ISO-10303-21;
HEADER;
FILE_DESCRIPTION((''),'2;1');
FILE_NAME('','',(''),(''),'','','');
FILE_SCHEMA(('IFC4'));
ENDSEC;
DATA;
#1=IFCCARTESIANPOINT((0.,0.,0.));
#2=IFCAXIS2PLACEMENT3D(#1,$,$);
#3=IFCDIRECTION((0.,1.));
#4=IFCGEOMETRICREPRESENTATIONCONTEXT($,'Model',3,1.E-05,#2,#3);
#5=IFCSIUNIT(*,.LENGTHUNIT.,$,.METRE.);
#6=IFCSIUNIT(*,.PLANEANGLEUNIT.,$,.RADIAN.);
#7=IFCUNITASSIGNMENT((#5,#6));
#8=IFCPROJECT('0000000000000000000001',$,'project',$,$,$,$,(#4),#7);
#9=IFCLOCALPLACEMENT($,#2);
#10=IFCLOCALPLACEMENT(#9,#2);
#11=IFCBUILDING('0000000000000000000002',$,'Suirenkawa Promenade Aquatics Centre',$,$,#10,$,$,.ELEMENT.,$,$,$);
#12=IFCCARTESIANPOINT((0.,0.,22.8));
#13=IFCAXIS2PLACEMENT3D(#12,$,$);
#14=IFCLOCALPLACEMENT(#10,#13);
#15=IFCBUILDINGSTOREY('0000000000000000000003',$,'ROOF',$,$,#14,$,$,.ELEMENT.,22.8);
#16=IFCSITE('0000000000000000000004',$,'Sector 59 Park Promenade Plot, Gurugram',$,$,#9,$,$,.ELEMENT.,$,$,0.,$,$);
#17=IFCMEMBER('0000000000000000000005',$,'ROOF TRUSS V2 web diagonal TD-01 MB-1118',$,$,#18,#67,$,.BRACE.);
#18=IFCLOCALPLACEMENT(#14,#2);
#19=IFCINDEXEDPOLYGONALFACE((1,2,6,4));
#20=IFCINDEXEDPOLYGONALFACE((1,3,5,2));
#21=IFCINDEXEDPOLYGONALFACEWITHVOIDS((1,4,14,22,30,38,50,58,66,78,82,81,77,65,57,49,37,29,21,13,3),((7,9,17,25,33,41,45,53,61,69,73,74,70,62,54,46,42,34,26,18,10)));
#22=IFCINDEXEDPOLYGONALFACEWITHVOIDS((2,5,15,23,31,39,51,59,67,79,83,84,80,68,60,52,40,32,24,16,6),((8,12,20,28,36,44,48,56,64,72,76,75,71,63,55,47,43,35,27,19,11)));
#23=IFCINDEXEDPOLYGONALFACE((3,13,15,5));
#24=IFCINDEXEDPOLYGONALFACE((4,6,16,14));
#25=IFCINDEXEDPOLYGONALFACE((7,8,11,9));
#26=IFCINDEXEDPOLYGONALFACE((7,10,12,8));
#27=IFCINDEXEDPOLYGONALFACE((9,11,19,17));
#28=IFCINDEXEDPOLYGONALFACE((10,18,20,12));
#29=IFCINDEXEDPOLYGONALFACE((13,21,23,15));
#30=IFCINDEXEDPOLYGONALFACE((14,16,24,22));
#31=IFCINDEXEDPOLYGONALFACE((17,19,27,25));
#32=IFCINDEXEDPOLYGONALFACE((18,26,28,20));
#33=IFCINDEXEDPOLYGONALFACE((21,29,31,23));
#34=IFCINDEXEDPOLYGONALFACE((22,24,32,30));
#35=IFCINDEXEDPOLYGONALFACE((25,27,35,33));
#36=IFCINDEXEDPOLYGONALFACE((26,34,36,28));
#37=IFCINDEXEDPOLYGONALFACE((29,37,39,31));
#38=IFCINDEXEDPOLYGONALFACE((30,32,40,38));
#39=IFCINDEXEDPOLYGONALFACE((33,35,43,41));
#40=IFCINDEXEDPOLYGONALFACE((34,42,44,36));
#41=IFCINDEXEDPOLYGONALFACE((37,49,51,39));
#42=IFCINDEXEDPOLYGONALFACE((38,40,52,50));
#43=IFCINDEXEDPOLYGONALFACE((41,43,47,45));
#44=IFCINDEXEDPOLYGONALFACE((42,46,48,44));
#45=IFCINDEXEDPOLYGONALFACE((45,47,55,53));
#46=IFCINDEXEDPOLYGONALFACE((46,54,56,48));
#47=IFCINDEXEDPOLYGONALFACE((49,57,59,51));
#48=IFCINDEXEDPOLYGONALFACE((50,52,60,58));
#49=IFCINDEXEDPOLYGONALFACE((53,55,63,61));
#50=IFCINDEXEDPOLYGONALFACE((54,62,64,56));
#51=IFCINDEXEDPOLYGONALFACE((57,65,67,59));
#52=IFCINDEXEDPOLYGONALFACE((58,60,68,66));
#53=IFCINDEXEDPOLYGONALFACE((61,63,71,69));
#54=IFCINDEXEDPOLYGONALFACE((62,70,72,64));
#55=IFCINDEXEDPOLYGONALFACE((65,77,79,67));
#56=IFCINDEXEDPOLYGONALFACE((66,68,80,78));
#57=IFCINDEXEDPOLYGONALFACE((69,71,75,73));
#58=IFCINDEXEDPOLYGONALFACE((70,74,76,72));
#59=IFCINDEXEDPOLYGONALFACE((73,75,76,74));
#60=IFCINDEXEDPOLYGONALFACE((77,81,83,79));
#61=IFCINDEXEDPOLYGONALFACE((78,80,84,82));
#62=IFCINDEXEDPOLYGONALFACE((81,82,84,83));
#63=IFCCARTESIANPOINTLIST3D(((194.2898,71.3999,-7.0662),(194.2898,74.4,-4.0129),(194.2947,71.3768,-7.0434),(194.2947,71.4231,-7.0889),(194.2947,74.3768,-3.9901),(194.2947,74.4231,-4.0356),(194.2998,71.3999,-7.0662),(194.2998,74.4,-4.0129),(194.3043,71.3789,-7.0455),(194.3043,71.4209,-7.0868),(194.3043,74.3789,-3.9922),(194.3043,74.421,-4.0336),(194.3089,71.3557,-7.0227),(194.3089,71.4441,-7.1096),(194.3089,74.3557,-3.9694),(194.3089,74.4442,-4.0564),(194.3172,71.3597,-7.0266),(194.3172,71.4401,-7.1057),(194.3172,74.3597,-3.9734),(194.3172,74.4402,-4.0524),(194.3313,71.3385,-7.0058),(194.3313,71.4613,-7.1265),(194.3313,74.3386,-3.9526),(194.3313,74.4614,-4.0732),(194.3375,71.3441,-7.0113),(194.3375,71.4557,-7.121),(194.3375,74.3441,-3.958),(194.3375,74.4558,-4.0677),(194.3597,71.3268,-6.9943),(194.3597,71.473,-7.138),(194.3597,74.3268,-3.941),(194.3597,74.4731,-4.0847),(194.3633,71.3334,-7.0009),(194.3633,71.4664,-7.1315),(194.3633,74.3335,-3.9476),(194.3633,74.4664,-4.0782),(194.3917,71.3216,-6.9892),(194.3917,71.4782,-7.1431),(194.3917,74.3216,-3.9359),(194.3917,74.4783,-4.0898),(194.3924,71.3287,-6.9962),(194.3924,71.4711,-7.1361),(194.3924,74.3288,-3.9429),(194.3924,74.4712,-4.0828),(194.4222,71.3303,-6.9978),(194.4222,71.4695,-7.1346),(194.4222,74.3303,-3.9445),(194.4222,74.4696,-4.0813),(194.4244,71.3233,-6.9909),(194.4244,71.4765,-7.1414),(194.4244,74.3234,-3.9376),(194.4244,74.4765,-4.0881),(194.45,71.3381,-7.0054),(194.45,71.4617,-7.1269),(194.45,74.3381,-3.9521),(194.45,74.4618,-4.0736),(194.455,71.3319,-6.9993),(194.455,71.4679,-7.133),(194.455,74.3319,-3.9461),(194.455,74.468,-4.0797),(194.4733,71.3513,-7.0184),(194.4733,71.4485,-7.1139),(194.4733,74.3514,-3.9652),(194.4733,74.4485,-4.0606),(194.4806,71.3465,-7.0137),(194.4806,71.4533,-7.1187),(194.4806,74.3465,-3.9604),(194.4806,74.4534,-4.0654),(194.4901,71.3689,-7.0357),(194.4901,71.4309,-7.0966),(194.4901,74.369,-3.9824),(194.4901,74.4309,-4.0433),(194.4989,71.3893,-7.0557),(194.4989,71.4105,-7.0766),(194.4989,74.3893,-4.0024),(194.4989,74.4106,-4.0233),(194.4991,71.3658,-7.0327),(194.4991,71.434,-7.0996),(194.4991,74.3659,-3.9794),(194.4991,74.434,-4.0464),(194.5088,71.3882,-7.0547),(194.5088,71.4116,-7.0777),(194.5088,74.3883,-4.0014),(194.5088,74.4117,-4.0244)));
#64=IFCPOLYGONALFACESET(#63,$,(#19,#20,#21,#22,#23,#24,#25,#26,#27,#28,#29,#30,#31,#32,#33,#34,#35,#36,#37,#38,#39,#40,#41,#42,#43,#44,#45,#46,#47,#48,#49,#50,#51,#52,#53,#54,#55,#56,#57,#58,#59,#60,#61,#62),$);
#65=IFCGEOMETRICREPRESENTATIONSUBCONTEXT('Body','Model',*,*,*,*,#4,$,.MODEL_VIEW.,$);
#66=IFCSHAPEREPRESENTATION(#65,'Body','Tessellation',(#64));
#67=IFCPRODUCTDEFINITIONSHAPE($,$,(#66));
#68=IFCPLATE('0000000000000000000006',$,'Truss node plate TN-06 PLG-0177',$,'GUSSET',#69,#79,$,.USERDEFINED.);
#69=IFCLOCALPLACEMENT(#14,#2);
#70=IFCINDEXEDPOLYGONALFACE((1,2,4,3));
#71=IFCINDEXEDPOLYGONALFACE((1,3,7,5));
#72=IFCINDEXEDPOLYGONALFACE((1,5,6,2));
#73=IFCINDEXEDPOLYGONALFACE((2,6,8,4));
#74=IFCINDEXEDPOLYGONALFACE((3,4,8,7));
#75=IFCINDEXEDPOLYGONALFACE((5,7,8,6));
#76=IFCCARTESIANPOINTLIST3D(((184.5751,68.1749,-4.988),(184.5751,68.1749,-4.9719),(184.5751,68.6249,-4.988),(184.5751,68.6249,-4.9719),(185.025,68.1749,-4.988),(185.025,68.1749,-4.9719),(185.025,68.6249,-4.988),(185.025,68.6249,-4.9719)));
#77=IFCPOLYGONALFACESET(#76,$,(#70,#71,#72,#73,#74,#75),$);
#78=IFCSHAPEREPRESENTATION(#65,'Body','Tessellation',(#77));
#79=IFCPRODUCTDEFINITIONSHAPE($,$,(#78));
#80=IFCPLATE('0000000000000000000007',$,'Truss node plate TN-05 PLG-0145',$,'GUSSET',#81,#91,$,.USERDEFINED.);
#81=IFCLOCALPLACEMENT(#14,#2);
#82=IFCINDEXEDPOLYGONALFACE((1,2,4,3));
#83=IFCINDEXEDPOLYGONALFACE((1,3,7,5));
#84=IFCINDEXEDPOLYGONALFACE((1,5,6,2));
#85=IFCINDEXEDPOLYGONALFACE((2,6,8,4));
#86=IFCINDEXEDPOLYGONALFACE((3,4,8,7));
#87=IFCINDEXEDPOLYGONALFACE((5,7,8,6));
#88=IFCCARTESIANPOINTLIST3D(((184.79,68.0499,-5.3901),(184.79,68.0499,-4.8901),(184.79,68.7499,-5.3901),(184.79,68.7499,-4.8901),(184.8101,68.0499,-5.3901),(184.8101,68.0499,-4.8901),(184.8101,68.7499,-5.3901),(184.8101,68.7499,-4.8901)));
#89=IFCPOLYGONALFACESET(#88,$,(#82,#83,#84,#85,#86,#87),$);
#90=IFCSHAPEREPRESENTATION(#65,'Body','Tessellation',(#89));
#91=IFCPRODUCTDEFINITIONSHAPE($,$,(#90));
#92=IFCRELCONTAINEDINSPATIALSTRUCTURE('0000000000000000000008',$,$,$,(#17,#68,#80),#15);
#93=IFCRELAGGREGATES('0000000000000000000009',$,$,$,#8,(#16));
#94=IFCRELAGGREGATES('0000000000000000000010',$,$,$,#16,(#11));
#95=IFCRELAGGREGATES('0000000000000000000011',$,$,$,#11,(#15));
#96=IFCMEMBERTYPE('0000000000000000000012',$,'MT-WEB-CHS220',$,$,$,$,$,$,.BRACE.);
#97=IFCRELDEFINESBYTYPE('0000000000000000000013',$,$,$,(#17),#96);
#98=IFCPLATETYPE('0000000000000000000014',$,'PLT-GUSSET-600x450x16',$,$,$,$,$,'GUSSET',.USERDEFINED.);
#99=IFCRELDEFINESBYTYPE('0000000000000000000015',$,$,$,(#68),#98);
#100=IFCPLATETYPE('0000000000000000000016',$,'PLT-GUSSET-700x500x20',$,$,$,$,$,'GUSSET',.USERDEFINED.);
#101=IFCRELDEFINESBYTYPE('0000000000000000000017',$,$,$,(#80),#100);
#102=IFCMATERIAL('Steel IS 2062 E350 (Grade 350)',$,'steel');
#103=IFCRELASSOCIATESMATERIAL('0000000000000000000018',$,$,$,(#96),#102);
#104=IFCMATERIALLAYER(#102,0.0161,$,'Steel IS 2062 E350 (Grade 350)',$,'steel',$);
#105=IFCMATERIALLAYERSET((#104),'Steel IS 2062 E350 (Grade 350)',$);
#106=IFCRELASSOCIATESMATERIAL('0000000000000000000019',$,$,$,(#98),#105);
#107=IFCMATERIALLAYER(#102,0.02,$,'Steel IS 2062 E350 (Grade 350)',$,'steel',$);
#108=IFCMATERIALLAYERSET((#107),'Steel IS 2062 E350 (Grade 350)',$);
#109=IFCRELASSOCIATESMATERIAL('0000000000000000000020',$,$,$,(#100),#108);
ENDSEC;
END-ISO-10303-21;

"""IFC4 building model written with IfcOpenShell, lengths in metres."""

from ifc_helpers import new_model, si_unit, direction, frame, origin, origin_2d, place, context, subcontext, project, spatial, rectangle, hollow_circle, extrude, material, layer, layer_set, material_profile, profile_set, type_object, element, save


model = new_model("IFC4")

# Units and contexts
model_context = context("Model", 3, precision=1e-05, world=origin(), true_north=direction((0.0, 1.0)))
body_context = subcontext(model_context, "Body", "Model", "MODEL_VIEW")
ifc_project = project(units=[si_unit("LENGTHUNIT", "METRE"), si_unit("PLANEANGLEUNIT", "RADIAN")], contexts=[model_context])

# Site, building, storey
site_placement = place(None, origin())
site = spatial("IfcSite", under=ifc_project, at=site_placement, Name="Sector 59 Park Promenade Plot, Gurugram", CompositionType="ELEMENT", RefElevation=0.0)
building_placement = place(site_placement, origin())
building = spatial("IfcBuilding", under=site, at=building_placement, Name="Suirenkawa Promenade Aquatics Centre", CompositionType="ELEMENT")
storey_placement = place(building_placement, frame((0.0, 0.0, 22.8)))
storey = spatial("IfcBuildingStorey", under=building, at=storey_placement, Name="ROOF", CompositionType="ELEMENT", Elevation=22.8)

# Shared definitions
ifc_material = material(Name="Steel IS 2062 E350 (Grade 350)", Category="steel")

# Member
ifc_material_profile_1 = material_profile(ifc_material, hollow_circle(Radius=0.1101, WallThickness=0.01, at=origin_2d()), Name="CHS 220x10", Category="steel")
ifc_profile_set_1 = profile_set([ifc_material_profile_1], Name="Steel IS 2062 E350 (Grade 350)")
member_type_1 = type_object("IfcMemberType", Name="MT-WEB-CHS220", PredefinedType="BRACE", material=ifc_profile_set_1)
member_1_placement = place(storey_placement, frame((194.3999, 71.3999, -7.0662), z_axis=(0.0, 0.700862, 0.713296), x_axis=(-1.0, 0.0, 0.0)))
element("IfcMember", 1, at=member_1_placement, inside=storey, type_object=member_type_1, Name="ROOF TRUSS V2 web diagonal TD-01 MB-1118", PredefinedType="BRACE", context=body_context, shape_type="SweptSolid", body=[
    extrude(hollow_circle(Radius=0.1101, WallThickness=0.01, at=origin_2d()), origin(), (0.0, 0.0, 1.0), 4.2805),
])

# Plates
ifc_layer_1 = layer(ifc_material, 0.0161, Name="Steel IS 2062 E350 (Grade 350)", Category="steel")
ifc_layer_set_1 = layer_set([ifc_layer_1], Name="Steel IS 2062 E350 (Grade 350)")
plate_type_1 = type_object("IfcPlateType", Name="PLT-GUSSET-600x450x16", ElementType="GUSSET", PredefinedType="USERDEFINED", material=ifc_layer_set_1)
plate_1_placement = place(storey_placement, frame((184.8, 68.3999, -4.988), z_axis=(0.0, 0.0, 1.0), x_axis=(1.0, 0.0, 0.0)))
element("IfcPlate", 2, at=plate_1_placement, inside=storey, type_object=plate_type_1, Name="Truss node plate TN-06 PLG-0177", ObjectType="GUSSET", PredefinedType="USERDEFINED", context=body_context, shape_type="SweptSolid", body=[
    extrude(rectangle(XDim=0.45, YDim=0.45, at=origin_2d()), origin(), (0.0, 0.0, 1.0), 0.0161),
])
ifc_layer_2 = layer(ifc_material, 0.02, Name="Steel IS 2062 E350 (Grade 350)", Category="steel")
ifc_layer_set_2 = layer_set([ifc_layer_2], Name="Steel IS 2062 E350 (Grade 350)")
plate_type_2 = type_object("IfcPlateType", Name="PLT-GUSSET-700x500x20", ElementType="GUSSET", PredefinedType="USERDEFINED", material=ifc_layer_set_2)
plate_2_placement = place(storey_placement, frame((184.8, 68.3999, -5.3901), z_axis=(0.0, 0.0, 1.0), x_axis=(0.0, 1.0, 0.0)))
element("IfcPlate", 3, at=plate_2_placement, inside=storey, type_object=plate_type_2, Name="Truss node plate TN-05 PLG-0145", ObjectType="GUSSET", PredefinedType="USERDEFINED", context=body_context, shape_type="SweptSolid", body=[
    extrude(rectangle(XDim=0.7, YDim=0.02, at=origin_2d()), origin(), (0.0, 0.0, 1.0), 0.5),
])

save(model, "model.ifc")
